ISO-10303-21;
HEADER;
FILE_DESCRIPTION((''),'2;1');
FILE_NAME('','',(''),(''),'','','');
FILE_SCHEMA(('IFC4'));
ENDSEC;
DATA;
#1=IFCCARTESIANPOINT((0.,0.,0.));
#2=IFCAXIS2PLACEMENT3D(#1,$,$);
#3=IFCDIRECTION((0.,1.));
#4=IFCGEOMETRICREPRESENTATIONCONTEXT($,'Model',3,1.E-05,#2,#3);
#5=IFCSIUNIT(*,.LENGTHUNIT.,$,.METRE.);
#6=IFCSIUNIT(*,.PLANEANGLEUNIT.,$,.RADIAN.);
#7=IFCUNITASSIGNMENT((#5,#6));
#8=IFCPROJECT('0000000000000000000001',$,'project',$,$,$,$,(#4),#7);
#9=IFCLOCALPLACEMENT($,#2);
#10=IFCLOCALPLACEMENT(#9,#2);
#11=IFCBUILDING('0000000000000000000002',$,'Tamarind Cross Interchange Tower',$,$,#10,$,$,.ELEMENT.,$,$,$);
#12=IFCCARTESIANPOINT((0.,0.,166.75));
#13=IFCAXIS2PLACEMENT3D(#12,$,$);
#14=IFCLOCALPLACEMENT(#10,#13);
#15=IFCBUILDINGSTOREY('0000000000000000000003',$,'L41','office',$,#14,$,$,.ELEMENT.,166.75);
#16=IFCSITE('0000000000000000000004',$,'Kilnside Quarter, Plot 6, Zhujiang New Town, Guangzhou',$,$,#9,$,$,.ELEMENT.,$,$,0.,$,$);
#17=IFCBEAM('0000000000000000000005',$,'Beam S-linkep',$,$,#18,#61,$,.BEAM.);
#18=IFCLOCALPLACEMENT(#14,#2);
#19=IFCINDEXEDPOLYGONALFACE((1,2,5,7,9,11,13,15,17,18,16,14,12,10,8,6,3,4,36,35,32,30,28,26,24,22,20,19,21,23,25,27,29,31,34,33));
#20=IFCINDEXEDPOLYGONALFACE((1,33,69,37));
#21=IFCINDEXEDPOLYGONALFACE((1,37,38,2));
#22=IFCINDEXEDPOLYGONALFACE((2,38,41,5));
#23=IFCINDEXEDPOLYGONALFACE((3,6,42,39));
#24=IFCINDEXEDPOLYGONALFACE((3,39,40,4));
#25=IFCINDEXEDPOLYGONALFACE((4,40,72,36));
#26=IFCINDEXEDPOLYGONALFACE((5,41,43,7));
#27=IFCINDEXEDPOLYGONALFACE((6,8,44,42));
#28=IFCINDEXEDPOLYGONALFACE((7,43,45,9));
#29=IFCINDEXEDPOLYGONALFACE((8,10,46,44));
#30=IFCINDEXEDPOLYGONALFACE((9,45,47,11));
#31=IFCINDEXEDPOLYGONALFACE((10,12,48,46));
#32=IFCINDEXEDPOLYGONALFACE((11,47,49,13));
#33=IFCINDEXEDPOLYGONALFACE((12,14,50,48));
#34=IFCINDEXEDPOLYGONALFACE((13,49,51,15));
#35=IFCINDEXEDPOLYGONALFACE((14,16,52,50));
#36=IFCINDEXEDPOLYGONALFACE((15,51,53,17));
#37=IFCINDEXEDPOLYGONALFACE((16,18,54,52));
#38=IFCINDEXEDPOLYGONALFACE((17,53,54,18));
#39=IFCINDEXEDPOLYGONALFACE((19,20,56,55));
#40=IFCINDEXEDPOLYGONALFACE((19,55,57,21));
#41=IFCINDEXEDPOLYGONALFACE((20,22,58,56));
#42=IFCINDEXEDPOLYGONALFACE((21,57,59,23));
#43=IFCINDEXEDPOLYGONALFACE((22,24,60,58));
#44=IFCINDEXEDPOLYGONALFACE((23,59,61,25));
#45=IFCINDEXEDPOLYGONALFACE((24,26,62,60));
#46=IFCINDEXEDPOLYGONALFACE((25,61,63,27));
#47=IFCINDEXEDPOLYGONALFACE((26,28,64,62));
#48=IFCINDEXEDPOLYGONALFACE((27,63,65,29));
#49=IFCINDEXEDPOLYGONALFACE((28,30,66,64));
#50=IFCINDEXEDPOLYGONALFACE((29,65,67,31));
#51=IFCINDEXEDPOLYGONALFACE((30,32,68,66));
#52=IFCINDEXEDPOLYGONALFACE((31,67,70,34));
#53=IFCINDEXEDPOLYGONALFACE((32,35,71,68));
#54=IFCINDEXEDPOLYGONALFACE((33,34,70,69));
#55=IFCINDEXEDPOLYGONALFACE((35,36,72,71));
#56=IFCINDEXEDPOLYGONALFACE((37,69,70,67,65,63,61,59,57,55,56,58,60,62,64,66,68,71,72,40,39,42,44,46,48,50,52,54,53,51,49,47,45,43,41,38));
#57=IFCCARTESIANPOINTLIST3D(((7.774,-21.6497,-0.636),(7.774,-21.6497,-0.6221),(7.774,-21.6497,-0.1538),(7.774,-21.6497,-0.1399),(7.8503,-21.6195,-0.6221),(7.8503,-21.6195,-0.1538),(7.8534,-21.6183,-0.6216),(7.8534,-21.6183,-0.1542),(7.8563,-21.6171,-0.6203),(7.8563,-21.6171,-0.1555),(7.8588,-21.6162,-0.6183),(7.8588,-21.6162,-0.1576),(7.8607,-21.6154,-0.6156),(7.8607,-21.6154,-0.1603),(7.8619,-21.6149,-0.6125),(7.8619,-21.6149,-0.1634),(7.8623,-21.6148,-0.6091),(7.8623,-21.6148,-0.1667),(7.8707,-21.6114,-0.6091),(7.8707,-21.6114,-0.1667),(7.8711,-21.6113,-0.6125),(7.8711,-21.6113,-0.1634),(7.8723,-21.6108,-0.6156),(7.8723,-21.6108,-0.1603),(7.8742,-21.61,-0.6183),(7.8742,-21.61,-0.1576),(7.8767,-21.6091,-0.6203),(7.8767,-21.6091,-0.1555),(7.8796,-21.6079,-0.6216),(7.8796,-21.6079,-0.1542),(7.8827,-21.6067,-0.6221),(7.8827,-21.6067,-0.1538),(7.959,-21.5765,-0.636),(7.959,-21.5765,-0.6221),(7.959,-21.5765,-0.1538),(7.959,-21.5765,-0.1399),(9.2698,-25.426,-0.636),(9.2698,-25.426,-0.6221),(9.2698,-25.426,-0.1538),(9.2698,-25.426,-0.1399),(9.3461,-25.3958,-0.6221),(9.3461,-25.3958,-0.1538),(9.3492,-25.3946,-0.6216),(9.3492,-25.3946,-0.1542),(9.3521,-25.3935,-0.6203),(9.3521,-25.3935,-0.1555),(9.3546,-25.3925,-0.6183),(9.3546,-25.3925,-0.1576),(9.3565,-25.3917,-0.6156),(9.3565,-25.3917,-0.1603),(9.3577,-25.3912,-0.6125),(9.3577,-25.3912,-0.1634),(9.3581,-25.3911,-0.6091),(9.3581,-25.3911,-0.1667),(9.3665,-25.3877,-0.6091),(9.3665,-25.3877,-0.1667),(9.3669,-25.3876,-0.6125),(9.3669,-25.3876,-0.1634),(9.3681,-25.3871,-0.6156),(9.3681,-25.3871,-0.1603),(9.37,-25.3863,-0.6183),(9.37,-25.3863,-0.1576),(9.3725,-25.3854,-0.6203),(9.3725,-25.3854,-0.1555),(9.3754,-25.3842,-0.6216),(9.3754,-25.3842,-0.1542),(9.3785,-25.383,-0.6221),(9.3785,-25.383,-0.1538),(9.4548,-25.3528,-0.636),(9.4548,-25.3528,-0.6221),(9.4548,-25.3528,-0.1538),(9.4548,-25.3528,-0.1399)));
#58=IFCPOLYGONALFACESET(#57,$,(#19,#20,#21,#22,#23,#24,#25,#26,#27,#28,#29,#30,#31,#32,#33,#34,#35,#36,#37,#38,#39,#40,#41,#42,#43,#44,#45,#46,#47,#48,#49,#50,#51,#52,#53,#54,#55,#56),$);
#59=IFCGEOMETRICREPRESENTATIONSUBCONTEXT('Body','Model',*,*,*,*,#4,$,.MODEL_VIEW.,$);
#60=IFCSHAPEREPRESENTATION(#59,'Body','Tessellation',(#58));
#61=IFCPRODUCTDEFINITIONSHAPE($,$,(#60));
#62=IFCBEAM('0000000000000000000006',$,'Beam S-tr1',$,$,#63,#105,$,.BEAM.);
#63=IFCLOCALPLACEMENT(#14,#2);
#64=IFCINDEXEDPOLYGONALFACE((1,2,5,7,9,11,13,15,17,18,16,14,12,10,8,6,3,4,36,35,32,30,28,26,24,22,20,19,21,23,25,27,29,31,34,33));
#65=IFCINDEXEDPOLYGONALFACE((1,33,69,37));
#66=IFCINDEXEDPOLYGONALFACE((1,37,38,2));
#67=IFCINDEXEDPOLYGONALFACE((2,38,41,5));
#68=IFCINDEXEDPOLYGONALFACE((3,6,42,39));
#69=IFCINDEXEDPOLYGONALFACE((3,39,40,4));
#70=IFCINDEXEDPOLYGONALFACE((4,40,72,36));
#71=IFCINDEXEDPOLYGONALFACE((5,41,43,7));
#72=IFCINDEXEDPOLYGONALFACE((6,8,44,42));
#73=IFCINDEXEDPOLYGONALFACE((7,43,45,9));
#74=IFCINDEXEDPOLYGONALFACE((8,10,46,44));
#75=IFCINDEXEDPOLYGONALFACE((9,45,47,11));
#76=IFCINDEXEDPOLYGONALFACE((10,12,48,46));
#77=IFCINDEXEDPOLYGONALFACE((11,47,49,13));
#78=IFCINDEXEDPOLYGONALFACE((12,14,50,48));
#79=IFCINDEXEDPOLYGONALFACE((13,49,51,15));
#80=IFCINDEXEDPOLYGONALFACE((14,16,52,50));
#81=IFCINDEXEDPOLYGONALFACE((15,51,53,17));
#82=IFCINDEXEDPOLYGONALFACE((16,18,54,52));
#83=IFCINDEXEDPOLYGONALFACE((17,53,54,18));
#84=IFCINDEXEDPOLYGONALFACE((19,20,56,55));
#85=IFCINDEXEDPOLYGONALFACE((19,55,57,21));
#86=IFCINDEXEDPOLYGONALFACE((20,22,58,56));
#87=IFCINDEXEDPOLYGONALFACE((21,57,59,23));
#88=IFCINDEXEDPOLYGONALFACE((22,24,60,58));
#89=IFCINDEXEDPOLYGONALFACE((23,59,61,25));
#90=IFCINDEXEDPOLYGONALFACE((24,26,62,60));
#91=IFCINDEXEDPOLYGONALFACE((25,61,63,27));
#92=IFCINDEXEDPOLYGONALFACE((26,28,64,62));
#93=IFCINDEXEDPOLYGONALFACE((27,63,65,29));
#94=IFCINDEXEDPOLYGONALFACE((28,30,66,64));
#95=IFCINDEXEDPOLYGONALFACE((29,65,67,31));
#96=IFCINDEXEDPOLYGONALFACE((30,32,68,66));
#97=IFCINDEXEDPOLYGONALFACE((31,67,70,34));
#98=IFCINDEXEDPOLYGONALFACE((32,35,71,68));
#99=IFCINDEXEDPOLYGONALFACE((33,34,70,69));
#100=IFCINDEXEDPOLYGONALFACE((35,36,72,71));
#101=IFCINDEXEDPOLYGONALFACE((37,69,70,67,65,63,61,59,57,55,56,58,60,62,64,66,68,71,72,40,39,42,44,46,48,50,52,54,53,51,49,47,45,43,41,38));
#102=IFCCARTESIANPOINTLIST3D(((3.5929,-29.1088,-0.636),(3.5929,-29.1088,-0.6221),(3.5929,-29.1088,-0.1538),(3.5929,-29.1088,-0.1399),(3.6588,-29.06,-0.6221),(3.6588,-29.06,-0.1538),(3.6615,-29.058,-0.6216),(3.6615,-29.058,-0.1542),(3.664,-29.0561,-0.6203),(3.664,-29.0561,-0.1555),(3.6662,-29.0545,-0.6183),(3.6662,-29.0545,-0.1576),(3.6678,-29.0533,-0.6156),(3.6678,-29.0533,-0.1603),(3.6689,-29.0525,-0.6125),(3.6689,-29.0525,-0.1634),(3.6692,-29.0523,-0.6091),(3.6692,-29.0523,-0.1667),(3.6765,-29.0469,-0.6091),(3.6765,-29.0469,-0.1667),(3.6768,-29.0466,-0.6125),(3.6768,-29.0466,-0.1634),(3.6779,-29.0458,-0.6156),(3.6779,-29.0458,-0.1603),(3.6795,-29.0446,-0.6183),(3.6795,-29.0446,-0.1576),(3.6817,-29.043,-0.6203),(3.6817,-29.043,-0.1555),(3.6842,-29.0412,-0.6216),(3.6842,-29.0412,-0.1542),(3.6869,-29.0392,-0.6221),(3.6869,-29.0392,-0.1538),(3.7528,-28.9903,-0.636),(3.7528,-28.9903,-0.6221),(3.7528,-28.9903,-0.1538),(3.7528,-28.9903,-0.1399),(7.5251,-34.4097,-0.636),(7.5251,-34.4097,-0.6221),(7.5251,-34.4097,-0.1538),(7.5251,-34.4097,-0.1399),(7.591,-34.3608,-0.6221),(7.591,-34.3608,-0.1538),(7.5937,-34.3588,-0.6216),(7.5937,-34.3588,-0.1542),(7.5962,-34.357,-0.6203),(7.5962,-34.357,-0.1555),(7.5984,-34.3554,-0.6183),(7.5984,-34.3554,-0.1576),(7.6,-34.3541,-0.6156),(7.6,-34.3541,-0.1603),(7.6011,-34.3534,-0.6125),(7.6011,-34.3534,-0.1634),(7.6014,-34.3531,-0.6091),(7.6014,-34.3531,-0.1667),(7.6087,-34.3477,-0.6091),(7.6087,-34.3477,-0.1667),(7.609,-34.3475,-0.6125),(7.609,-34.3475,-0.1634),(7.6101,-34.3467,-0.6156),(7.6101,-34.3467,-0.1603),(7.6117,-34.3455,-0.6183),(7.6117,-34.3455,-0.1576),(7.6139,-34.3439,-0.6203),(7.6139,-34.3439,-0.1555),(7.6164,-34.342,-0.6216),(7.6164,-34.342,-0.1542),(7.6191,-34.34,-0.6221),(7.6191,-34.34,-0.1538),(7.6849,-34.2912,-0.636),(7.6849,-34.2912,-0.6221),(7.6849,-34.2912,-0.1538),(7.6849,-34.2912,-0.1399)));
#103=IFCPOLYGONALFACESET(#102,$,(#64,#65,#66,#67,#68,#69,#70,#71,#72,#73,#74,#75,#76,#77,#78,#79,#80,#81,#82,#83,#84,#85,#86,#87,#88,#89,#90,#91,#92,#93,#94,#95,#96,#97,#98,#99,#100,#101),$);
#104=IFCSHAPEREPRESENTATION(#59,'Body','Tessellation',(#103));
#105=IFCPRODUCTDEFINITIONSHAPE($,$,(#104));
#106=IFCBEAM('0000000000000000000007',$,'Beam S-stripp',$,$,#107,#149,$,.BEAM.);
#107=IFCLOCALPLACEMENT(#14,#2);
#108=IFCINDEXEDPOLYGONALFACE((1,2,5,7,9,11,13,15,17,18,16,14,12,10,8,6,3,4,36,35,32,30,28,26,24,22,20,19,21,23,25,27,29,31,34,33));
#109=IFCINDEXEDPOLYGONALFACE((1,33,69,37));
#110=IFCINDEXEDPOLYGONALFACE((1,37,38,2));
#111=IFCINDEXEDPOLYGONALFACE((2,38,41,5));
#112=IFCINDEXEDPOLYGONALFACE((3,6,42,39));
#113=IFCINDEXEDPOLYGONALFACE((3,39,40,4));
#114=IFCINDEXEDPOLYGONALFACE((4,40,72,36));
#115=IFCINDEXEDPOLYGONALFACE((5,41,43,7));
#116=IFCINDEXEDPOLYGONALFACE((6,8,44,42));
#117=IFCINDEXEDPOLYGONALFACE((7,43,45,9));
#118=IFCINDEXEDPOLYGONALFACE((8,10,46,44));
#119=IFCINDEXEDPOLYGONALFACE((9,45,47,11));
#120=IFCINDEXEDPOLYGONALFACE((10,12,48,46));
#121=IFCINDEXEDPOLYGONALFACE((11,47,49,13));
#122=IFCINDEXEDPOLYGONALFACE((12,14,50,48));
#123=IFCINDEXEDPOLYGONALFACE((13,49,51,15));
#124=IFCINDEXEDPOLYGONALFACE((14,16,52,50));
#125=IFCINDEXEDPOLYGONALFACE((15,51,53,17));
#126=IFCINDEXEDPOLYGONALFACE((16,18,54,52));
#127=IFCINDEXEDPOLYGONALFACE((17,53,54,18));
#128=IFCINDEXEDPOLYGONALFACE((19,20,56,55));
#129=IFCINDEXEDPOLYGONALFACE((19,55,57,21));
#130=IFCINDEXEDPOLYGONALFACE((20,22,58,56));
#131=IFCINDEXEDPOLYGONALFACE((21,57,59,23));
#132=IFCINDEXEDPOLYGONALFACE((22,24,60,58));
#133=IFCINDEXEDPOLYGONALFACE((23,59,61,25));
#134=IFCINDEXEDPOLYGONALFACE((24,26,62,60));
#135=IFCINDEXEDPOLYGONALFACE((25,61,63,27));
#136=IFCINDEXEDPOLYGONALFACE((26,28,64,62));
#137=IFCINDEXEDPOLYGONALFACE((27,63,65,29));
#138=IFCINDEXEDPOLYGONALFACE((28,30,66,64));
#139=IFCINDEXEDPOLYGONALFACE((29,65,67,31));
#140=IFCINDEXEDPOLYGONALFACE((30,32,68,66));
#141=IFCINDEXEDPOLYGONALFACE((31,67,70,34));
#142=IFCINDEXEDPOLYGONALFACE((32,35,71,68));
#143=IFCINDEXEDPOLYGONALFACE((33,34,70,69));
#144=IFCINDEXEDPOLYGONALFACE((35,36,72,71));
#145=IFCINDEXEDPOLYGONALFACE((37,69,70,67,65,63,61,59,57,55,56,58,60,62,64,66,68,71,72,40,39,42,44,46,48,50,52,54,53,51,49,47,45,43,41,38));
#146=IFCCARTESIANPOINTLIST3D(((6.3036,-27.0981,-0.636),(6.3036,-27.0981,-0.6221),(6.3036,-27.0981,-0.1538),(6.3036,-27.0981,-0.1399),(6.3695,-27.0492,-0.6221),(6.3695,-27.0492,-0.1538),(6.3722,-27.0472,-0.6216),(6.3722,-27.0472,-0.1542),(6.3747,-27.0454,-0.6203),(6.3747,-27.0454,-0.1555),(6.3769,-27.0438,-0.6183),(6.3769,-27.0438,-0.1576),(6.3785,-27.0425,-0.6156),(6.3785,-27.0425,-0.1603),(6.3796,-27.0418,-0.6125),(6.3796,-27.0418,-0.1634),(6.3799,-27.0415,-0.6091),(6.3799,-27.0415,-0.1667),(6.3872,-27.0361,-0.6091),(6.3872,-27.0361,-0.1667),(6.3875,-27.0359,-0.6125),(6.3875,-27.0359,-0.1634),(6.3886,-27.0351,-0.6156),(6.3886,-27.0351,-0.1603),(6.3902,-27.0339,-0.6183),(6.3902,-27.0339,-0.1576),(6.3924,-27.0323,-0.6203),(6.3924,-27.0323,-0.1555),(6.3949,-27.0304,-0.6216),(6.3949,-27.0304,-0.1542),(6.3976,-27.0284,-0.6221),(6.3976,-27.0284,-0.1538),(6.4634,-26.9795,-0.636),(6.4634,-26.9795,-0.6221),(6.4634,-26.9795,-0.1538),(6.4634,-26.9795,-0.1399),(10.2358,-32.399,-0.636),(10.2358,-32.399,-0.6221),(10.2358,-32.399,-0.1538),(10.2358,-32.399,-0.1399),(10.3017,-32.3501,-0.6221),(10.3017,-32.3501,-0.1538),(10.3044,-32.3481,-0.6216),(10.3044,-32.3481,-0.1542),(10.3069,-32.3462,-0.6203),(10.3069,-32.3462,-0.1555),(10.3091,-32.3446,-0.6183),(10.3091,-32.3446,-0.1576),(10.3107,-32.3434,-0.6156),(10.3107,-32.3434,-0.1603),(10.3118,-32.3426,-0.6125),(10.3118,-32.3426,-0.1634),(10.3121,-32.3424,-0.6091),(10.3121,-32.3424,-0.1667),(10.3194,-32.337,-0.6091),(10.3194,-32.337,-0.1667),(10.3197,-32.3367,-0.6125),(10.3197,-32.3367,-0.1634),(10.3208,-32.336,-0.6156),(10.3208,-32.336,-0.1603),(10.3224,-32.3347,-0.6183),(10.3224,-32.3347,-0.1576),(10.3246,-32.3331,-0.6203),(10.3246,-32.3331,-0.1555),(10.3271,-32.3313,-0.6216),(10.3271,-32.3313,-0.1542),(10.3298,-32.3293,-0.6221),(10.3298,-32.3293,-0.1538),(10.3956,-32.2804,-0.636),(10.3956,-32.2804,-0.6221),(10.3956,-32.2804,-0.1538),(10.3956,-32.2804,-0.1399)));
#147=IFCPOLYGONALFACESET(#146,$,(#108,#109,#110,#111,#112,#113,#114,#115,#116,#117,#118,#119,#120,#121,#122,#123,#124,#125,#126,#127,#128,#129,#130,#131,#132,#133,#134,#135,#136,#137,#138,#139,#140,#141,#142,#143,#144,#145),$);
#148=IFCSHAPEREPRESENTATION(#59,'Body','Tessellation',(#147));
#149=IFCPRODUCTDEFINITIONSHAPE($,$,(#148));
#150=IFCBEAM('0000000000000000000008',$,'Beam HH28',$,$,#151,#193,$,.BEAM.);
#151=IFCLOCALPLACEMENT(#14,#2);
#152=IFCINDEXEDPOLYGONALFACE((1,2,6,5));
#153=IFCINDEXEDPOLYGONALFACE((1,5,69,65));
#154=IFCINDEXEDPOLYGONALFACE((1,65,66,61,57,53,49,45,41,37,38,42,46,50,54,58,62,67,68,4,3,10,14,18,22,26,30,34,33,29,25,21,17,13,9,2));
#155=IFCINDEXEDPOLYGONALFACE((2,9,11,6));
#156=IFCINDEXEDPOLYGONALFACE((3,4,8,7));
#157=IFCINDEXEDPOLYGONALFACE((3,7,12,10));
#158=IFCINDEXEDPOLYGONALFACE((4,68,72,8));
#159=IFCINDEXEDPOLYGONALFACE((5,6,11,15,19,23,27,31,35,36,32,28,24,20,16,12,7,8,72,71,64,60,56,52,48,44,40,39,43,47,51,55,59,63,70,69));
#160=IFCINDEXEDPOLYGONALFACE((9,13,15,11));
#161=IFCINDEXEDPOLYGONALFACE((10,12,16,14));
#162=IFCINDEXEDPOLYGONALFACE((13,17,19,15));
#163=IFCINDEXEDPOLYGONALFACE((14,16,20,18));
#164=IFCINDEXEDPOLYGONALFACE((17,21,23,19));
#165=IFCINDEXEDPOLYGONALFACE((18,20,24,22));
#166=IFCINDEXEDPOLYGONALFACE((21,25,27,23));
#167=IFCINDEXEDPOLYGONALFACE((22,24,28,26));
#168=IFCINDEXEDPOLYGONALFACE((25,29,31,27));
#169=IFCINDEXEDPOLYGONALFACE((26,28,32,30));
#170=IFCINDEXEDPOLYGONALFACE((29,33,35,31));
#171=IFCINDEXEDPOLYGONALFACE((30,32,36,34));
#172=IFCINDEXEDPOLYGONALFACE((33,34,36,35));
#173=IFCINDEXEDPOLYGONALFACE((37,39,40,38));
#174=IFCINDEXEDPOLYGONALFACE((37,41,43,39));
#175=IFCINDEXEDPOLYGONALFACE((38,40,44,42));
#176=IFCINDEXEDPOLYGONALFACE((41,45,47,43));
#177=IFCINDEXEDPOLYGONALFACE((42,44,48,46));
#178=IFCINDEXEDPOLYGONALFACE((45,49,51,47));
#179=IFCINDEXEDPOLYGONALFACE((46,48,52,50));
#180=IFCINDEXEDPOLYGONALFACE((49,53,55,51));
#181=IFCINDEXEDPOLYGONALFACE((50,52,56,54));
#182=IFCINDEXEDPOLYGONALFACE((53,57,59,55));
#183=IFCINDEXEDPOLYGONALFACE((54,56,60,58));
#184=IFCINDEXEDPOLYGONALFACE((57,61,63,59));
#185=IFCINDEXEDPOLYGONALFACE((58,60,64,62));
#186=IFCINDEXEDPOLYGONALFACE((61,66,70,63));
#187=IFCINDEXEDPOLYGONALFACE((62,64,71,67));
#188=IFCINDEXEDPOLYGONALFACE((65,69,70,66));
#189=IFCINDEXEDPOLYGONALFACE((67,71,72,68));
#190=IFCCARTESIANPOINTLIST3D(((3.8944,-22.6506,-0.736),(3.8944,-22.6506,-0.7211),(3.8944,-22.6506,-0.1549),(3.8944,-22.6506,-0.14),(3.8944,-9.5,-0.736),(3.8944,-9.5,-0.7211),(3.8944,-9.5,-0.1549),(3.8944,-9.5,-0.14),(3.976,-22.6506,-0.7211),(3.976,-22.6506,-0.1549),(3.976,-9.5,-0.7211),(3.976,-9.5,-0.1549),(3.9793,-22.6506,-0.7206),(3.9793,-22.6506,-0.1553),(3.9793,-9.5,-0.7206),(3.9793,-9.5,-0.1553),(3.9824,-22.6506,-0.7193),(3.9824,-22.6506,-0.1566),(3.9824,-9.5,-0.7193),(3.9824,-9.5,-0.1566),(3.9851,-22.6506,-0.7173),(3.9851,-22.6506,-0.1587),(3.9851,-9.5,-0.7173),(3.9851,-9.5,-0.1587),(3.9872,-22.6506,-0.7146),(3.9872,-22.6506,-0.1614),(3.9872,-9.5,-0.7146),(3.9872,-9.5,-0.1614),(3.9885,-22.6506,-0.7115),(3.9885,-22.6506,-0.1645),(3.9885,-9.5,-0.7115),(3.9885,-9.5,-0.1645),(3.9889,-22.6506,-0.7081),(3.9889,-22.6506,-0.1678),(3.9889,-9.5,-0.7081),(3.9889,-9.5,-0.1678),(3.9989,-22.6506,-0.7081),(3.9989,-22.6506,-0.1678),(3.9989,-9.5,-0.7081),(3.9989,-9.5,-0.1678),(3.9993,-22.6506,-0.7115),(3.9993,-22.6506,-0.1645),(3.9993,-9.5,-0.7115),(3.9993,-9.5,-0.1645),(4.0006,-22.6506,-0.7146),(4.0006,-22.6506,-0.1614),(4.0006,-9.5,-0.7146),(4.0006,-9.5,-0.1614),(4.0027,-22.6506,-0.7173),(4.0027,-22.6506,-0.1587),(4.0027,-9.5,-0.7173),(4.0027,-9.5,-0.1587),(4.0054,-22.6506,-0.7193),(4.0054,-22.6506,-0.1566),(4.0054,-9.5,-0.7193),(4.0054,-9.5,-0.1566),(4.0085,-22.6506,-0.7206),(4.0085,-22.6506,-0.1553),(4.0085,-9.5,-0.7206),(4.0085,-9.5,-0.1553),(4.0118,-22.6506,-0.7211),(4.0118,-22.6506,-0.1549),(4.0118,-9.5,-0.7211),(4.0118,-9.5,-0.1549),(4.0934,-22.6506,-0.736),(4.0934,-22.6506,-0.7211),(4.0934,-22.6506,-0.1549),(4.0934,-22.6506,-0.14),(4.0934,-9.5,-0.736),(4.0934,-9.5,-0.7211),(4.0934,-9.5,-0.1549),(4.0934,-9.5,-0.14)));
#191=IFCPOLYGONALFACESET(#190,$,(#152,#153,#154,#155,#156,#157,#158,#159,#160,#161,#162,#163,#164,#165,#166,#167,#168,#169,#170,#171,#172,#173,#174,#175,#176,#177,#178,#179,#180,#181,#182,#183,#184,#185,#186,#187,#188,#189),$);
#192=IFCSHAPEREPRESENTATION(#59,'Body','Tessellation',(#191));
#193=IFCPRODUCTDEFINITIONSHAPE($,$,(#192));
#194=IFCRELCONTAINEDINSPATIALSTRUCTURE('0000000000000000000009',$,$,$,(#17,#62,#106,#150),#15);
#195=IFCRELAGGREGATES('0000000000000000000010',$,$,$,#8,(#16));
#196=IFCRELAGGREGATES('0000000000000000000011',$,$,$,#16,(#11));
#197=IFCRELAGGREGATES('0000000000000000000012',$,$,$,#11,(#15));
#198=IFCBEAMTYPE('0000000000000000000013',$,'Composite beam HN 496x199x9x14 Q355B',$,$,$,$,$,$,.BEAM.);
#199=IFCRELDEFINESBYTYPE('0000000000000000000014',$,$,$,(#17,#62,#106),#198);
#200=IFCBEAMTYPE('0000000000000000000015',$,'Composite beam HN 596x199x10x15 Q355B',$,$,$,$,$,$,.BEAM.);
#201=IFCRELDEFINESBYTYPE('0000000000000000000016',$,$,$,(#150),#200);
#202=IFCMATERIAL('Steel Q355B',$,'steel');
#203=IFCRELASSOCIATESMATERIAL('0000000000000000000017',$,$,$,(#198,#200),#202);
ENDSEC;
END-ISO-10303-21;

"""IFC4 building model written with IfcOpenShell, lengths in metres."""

from ifc_helpers import new_model, si_unit, direction, frame, origin, origin_2d, place, context, subcontext, project, spatial, i_section, extrude, material, material_profile, profile_set, type_object, element, save


model = new_model("IFC4")

# Units and contexts
model_context = context("Model", 3, precision=1e-05, world=origin(), true_north=direction((0.0, 1.0)))
body_context = subcontext(model_context, "Body", "Model", "MODEL_VIEW")
ifc_project = project(units=[si_unit("LENGTHUNIT", "METRE"), si_unit("PLANEANGLEUNIT", "RADIAN")], contexts=[model_context])

# Site, building, storey
site_placement = place(None, origin())
site = spatial("IfcSite", under=ifc_project, at=site_placement, Name="Kilnside Quarter, Plot 6, Zhujiang New Town, Guangzhou", CompositionType="ELEMENT", RefElevation=0.0)
building_placement = place(site_placement, origin())
building = spatial("IfcBuilding", under=site, at=building_placement, Name="Tamarind Cross Interchange Tower", CompositionType="ELEMENT")
storey_placement = place(building_placement, frame((0.0, 0.0, 166.75)))
storey = spatial("IfcBuildingStorey", under=building, at=storey_placement, Name="L41", Description="office", CompositionType="ELEMENT", Elevation=166.75)

# Beams
ifc_material_1 = material(Name="Steel Q355B", Category="steel")
ifc_material_profile_1 = material_profile(ifc_material_1, i_section(OverallWidth=0.199, OverallDepth=0.4961, WebThickness=0.009, FlangeThickness=0.0139, FilletRadius=0.0129, at=origin_2d()), Name="HN 496x199x9x14")
ifc_profile_set_1 = profile_set([ifc_material_profile_1], Name="Steel Q355B")
beam_type_1 = type_object("IfcBeamType", Name="Composite beam HN 496x199x9x14 Q355B", PredefinedType="BEAM", material=ifc_profile_set_1)
beam_1_placement = place(storey_placement, frame((9.3623, -25.3894, -0.3879), z_axis=(-0.368269, 0.929719, 0.0), x_axis=(-0.929719, -0.368269, 0.0)))
element("IfcBeam", 1, at=beam_1_placement, inside=storey, type_object=beam_type_1, Name="Beam S-linkep", PredefinedType="BEAM", context=body_context, shape_type="SweptSolid", body=[
    extrude(i_section(OverallWidth=0.199, OverallDepth=0.4961, WebThickness=0.009, FlangeThickness=0.0139, FilletRadius=0.0129, at=origin_2d()), origin(), (0.0, 0.0, 1.0), 4.0618),
])
for number, where, z_axis, x_axis, name in (
    (2, (3.6729, -29.0496, -0.3879), (0.595778, -0.803149, 0.0), (0.803149, 0.595778, 0.0), "Beam S-tr1"),
    (3, (6.3835, -27.0388, -0.3879), (0.595778, -0.803149, 0.0), (0.803149, 0.595778, 0.0), "Beam S-stripp"),
):
    element("IfcBeam", number, at=place(storey_placement, frame(where, z_axis=z_axis, x_axis=x_axis)), inside=storey, type_object=beam_type_1, Name=name, PredefinedType="BEAM", context=body_context, shape_type="SweptSolid", body=[
        extrude(i_section(OverallWidth=0.199, OverallDepth=0.4961, WebThickness=0.009, FlangeThickness=0.0139, FilletRadius=0.0129, at=origin_2d()), origin(), (0.0, 0.0, 1.0), 6.6001),
    ])
ifc_material_profile_2 = material_profile(ifc_material_1, i_section(OverallWidth=0.199, OverallDepth=0.5959, WebThickness=0.01, FlangeThickness=0.0149, FilletRadius=0.0129, at=origin_2d()), Name="HN 596x199x10x15")
ifc_profile_set_2 = profile_set([ifc_material_profile_2], Name="Steel Q355B")
beam_type_2 = type_object("IfcBeamType", Name="Composite beam HN 596x199x10x15 Q355B", PredefinedType="BEAM", material=ifc_profile_set_2)
beam_2_placement = place(storey_placement, frame((3.9939, -22.6506, -0.438), z_axis=(0.0, 1.0, 0.0), x_axis=(-1.0, 0.0, 0.0)))
element("IfcBeam", 4, at=beam_2_placement, inside=storey, type_object=beam_type_2, Name="Beam HH28", PredefinedType="BEAM", context=body_context, shape_type="SweptSolid", body=[
    extrude(i_section(OverallWidth=0.199, OverallDepth=0.5959, WebThickness=0.01, FlangeThickness=0.0149, FilletRadius=0.0129, at=origin_2d()), origin(), (0.0, 0.0, 1.0), 13.1506),
])

save(model, "model.ifc")
